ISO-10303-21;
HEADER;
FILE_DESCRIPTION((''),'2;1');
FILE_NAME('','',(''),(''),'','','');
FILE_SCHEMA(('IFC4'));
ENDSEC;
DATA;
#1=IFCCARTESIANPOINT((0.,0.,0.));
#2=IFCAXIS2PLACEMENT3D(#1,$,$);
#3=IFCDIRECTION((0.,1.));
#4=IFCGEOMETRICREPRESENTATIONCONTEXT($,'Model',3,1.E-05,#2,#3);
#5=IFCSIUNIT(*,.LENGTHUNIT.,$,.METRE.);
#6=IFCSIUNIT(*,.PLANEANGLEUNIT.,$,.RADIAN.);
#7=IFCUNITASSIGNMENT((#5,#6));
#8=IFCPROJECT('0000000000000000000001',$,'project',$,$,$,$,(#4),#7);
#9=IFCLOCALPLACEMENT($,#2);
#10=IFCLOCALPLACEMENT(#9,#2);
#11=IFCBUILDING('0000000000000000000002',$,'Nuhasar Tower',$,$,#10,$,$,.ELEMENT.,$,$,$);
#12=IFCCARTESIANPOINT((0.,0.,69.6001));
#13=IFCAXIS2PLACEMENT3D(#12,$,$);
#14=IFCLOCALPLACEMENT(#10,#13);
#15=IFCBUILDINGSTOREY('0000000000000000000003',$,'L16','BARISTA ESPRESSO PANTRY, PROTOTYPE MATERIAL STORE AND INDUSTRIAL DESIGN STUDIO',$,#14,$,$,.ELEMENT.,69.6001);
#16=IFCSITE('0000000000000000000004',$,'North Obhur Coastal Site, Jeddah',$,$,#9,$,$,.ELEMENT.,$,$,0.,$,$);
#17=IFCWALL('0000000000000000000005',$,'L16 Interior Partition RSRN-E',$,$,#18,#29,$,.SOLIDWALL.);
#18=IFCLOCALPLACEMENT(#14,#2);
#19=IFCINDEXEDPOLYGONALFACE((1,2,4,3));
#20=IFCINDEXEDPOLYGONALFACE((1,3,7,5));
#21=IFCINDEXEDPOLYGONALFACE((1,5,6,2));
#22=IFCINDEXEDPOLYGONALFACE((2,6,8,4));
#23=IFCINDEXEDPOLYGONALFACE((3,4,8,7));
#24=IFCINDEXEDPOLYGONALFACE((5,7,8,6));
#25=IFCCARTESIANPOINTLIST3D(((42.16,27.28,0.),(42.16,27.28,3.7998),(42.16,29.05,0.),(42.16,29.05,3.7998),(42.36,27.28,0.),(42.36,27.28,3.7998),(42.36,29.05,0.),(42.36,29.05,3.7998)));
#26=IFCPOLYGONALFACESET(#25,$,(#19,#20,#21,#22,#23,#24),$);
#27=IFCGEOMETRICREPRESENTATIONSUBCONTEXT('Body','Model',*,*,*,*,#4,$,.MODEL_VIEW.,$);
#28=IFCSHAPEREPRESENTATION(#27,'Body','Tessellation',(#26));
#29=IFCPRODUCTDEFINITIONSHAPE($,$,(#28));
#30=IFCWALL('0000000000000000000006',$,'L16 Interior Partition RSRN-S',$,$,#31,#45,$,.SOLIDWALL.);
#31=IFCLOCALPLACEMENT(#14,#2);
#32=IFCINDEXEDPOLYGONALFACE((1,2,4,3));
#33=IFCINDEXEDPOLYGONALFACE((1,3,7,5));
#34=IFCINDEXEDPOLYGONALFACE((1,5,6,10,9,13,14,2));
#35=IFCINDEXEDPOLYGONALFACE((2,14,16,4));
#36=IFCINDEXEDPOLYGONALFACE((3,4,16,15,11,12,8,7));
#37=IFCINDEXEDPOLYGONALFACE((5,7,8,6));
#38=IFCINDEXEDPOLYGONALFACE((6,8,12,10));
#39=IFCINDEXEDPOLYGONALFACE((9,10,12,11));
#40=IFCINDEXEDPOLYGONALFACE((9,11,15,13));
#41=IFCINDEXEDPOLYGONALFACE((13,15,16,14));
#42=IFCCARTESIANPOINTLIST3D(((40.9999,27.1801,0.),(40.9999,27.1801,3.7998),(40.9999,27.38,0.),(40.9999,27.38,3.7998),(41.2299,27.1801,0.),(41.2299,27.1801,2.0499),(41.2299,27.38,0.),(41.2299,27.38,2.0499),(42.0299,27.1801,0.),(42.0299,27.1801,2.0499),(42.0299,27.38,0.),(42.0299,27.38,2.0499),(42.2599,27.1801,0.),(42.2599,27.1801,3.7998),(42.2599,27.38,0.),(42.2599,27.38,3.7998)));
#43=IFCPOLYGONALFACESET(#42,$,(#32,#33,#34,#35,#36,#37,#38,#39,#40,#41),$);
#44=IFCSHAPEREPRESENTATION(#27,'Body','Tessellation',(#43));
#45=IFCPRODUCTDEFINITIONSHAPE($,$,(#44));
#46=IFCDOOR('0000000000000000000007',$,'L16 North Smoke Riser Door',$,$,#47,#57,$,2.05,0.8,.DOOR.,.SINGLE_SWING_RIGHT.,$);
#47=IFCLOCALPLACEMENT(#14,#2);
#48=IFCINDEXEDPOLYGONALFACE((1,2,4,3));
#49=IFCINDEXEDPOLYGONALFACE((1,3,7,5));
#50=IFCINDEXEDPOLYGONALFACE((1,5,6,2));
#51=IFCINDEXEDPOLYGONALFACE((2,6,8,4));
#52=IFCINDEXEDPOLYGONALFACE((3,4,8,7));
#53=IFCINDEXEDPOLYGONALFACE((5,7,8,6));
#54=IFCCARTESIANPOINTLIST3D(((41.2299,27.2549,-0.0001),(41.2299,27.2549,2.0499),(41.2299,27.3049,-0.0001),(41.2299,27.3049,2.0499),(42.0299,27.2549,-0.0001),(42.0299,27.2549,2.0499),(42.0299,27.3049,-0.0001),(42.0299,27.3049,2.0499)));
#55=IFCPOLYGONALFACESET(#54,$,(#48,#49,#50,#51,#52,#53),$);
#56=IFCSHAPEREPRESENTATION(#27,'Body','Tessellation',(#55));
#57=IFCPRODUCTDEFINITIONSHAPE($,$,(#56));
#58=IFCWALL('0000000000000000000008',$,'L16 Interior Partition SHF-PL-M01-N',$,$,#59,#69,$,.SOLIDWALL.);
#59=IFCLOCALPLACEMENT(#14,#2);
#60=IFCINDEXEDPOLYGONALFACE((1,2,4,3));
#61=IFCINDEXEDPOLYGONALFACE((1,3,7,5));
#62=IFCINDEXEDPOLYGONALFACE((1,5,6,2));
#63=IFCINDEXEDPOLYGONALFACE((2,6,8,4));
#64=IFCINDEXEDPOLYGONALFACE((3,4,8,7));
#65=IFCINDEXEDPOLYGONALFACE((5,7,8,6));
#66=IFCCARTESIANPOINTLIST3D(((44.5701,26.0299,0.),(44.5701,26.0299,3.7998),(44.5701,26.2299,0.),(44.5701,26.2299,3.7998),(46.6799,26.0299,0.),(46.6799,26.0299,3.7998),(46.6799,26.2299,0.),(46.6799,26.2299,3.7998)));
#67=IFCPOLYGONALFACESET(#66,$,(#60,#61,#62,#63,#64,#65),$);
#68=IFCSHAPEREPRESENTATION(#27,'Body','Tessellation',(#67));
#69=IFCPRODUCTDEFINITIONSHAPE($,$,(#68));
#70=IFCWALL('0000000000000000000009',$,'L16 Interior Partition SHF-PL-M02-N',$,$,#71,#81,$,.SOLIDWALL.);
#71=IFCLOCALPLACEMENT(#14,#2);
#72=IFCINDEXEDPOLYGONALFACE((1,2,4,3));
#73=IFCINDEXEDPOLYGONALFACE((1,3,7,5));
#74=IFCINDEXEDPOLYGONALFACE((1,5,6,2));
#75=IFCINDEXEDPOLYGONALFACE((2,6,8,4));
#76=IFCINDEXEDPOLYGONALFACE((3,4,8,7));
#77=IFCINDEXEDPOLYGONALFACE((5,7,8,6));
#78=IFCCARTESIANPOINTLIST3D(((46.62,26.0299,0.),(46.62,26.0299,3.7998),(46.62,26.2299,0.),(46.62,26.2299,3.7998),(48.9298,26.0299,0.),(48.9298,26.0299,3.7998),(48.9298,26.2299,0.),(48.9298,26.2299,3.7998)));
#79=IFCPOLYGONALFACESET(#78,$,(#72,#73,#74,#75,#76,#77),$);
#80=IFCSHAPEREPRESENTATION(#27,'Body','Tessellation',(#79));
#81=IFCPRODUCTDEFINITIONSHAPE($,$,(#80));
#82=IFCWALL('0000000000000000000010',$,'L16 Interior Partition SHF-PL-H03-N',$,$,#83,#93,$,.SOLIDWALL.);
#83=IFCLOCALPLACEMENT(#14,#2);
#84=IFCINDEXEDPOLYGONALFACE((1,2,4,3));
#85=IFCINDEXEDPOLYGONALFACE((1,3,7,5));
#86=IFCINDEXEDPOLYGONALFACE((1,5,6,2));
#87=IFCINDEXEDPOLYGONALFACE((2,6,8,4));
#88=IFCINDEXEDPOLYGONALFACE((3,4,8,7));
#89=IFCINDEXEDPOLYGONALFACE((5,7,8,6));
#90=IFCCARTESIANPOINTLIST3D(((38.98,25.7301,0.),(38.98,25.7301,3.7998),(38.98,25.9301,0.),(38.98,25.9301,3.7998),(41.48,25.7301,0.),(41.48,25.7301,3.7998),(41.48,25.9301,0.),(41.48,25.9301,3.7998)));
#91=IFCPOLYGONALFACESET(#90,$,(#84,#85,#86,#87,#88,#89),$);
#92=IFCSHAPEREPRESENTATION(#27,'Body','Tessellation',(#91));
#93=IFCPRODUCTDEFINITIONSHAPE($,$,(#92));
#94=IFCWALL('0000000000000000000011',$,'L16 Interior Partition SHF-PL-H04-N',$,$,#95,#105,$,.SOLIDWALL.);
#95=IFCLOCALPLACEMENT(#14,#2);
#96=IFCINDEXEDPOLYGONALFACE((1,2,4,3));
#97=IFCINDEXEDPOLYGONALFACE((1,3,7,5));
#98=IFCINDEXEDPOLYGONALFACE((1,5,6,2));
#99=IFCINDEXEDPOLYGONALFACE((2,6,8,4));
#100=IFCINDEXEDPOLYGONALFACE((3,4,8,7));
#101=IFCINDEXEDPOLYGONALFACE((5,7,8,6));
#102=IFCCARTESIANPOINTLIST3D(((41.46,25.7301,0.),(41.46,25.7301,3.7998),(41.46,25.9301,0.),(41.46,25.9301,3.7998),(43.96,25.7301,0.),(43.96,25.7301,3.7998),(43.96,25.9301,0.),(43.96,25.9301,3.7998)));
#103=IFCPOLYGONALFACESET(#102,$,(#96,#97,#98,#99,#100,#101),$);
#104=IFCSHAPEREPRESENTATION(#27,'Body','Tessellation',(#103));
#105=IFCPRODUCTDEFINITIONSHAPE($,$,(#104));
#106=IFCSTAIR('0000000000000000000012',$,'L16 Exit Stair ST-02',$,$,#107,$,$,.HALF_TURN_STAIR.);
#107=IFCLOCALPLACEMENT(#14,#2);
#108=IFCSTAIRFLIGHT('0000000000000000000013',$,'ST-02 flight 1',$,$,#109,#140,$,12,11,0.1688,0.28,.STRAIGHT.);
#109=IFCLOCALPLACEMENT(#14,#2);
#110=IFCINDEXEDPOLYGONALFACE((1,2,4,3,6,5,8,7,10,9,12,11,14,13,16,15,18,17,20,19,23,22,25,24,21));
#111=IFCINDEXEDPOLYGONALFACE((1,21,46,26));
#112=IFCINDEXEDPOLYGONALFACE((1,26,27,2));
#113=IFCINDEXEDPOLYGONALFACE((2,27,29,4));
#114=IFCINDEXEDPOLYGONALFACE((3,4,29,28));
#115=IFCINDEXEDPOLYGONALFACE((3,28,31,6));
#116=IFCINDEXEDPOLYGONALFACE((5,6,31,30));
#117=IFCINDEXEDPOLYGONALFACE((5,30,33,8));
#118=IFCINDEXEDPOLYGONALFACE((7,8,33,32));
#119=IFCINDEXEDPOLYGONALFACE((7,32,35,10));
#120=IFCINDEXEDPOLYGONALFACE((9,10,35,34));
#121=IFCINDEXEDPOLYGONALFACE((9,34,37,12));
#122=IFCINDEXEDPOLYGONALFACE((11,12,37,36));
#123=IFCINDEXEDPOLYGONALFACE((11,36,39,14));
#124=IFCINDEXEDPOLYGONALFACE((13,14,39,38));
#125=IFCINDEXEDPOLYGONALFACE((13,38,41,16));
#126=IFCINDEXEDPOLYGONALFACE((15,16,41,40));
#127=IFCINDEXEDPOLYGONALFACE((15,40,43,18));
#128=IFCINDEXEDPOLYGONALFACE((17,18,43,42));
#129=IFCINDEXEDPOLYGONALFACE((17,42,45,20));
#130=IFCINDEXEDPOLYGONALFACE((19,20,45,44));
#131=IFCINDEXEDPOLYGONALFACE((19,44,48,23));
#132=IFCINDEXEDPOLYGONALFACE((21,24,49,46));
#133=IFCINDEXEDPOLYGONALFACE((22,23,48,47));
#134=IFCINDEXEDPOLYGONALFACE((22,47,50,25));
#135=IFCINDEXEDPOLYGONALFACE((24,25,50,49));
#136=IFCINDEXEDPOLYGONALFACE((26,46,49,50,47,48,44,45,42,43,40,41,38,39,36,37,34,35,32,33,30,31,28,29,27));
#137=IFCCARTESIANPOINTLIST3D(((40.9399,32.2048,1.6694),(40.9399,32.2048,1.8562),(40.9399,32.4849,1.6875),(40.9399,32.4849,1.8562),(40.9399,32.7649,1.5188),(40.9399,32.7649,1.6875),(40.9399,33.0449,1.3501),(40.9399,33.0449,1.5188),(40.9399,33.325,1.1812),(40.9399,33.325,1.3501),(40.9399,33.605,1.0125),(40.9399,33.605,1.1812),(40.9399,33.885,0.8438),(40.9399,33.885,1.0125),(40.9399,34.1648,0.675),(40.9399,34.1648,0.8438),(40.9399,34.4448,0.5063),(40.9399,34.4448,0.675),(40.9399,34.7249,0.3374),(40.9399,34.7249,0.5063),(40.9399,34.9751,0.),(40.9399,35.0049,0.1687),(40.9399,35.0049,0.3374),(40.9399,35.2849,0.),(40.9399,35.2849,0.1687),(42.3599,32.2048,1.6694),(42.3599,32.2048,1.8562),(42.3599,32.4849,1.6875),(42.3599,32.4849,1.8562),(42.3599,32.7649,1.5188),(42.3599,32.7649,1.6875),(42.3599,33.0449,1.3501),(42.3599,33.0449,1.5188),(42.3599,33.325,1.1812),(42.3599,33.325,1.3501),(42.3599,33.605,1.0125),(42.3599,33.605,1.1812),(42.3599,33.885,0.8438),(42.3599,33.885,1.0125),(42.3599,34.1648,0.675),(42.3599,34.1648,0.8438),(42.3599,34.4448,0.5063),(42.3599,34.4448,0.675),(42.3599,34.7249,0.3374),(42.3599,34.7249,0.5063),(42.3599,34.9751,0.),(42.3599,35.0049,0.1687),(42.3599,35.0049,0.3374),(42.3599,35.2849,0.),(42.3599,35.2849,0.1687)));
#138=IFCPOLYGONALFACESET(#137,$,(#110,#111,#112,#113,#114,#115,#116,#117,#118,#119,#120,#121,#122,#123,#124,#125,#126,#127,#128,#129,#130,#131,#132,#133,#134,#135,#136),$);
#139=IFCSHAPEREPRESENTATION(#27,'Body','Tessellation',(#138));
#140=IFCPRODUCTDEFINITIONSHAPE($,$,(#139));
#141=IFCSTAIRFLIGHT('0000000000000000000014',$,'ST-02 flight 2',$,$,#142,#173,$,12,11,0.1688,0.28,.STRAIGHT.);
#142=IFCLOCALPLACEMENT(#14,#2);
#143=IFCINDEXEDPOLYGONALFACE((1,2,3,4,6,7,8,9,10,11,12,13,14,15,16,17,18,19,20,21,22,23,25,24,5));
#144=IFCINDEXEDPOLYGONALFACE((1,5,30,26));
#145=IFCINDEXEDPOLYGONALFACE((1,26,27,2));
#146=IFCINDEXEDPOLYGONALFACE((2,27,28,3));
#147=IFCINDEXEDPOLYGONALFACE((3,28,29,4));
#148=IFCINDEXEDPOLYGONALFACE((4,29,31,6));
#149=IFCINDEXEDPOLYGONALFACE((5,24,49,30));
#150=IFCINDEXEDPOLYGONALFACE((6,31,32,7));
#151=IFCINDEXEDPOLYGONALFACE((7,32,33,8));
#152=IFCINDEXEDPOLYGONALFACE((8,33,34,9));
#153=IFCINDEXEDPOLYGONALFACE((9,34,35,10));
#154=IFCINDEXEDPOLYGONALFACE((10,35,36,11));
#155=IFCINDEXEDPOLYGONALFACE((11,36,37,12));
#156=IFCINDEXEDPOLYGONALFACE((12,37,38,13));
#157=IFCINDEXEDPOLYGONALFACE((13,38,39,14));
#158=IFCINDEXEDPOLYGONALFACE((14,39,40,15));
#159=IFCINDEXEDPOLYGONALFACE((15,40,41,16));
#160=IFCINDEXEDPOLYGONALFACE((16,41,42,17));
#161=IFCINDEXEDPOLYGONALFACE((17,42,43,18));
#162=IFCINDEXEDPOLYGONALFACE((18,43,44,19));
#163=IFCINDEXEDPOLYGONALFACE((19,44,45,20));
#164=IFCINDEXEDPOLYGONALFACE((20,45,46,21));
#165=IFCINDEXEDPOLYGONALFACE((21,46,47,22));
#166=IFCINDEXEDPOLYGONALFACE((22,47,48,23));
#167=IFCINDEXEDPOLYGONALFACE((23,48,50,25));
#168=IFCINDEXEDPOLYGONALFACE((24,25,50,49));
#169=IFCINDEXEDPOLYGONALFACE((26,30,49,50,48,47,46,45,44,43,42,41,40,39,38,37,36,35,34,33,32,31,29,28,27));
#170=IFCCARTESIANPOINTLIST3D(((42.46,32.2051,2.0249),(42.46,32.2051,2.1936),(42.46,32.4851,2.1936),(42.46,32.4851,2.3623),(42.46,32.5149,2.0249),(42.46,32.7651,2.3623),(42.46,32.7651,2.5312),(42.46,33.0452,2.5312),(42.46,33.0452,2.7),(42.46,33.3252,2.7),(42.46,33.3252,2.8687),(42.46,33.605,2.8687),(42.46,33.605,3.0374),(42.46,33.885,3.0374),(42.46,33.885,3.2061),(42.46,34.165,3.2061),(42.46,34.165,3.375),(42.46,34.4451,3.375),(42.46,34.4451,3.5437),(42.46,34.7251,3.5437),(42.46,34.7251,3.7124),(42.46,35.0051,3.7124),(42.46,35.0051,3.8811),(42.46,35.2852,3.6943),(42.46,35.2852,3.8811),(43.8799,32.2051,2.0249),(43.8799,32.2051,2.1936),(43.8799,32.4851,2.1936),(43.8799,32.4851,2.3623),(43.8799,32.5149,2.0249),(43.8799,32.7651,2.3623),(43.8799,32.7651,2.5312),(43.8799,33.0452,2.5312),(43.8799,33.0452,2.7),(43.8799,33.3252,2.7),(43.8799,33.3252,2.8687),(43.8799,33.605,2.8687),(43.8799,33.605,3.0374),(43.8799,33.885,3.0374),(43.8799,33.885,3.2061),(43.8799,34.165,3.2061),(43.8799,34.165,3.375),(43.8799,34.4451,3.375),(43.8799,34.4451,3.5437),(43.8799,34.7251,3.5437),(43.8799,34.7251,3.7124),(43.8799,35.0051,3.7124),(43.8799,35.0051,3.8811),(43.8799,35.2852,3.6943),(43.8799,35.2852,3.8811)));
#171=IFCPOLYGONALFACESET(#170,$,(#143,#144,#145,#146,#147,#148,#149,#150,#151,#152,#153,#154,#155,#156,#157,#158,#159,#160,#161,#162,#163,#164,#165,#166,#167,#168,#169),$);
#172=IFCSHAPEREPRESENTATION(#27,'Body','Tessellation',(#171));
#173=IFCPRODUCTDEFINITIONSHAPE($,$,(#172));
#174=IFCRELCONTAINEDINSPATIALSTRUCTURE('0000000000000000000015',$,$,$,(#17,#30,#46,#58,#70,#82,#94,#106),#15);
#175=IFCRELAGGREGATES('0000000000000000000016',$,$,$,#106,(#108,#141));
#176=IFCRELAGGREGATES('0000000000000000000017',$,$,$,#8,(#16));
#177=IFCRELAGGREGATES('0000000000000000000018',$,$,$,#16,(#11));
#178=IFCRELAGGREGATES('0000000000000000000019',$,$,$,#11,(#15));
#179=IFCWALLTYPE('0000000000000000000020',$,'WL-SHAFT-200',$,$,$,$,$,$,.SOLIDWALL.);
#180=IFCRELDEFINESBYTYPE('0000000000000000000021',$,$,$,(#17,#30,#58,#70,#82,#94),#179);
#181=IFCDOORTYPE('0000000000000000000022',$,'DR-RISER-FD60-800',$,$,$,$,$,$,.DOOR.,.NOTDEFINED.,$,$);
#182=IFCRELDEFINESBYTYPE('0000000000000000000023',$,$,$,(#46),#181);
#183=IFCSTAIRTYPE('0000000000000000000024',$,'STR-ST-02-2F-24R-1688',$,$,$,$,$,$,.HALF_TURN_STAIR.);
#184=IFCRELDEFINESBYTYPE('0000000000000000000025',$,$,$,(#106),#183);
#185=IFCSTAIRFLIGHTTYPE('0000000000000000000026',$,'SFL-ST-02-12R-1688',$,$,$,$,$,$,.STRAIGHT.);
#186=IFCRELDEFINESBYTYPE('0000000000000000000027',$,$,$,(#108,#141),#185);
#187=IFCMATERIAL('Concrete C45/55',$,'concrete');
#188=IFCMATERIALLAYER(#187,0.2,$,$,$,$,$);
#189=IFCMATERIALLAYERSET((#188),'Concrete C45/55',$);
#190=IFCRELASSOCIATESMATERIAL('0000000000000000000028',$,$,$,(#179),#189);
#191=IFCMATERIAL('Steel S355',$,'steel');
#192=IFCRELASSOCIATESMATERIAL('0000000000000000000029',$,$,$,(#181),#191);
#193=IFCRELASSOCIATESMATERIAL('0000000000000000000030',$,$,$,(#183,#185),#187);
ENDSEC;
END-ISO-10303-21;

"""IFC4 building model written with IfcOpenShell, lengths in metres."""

from ifc_helpers import new_model, si_unit, direction, frame, frame_2d, origin, place, context, subcontext, project, spatial, polyline, rectangle, outline, extrude, material, layer, layer_set, type_object, element, fill, aggregate, save


model = new_model("IFC4")

# Units and contexts
model_context = context("Model", 3, precision=1e-05, world=origin(), true_north=direction((0.0, 1.0)))
body_context = subcontext(model_context, "Body", "Model", "MODEL_VIEW")
ifc_project = project(units=[si_unit("LENGTHUNIT", "METRE"), si_unit("PLANEANGLEUNIT", "RADIAN")], contexts=[model_context])

# Site, building, storey
site_placement = place(None, origin())
site = spatial("IfcSite", under=ifc_project, at=site_placement, Name="North Obhur Coastal Site, Jeddah", CompositionType="ELEMENT", RefElevation=0.0)
building_placement = place(site_placement, origin())
building = spatial("IfcBuilding", under=site, at=building_placement, Name="Nuhasar Tower", CompositionType="ELEMENT")
storey_placement = place(building_placement, frame((0.0, 0.0, 69.6001)))
storey = spatial("IfcBuildingStorey", under=building, at=storey_placement, Name="L16", Description="BARISTA ESPRESSO PANTRY, PROTOTYPE MATERIAL STORE AND INDUSTRIAL DESIGN STUDIO", CompositionType="ELEMENT", Elevation=69.6001)

# Shared definitions
ifc_material_1 = material(Name="Steel S355", Category="steel")

# Shared definitions
ifc_material_2 = material(Name="Concrete C45/55", Category="concrete")

# Wall
ifc_layer_1 = layer(ifc_material_2, 0.2)
ifc_layer_set_1 = layer_set([ifc_layer_1], Name="Concrete C45/55")
wall_type_1 = type_object("IfcWallType", Name="WL-SHAFT-200", PredefinedType="SOLIDWALL", material=ifc_layer_set_1)
for number, where, z_axis, x_axis, name in (
    (1, (42.26, 27.28, 0.0), (0.0, 0.0, 1.0), (0.0, 1.0, 0.0), "L16 Interior Partition RSRN-E"),
):
    element("IfcWall", number, at=place(storey_placement, frame(where, z_axis=z_axis, x_axis=x_axis)), inside=storey, type_object=wall_type_1, Name=name, PredefinedType="SOLIDWALL", context=body_context, shape_type="SweptSolid", body=[
        extrude(rectangle(XDim=1.77, YDim=0.2, at=frame_2d((0.885, 0.0))), origin(), (0.0, 0.0, 1.0), 3.7998),
    ])

# Wall, opening, door
wall_1_placement = place(storey_placement, frame((41.0, 27.28, 0.0), z_axis=(0.0, 0.0, 1.0), x_axis=(1.0, 0.0, 0.0)))
wall_1 = element("IfcWall", 2, at=wall_1_placement, inside=storey, type_object=wall_type_1, Name="L16 Interior Partition RSRN-S", PredefinedType="SOLIDWALL", context=body_context, shape_type="SweptSolid", body=[
    extrude(rectangle(XDim=1.26, YDim=0.2, at=frame_2d((0.6299, 0.0))), origin(), (0.0, 0.0, 1.0), 3.7998),
])
opening_1_placement = place(wall_1_placement, frame((0.23, 0.0, 0.0)))
opening_1 = element("IfcOpeningElement", 3, at=opening_1_placement, cuts=wall_1, PredefinedType="OPENING", context=body_context, shape_type="SweptSolid", body=[
    extrude(rectangle(XDim=0.8, YDim=2.05, at=frame_2d((0.3999, 1.0249))), frame((0.0, 0.1099, 0.0), z_axis=(0.0, -1.0, 0.0), x_axis=(1.0, 0.0, 0.0)), (0.0, 0.0, 1.0), 0.22),
])
door_type_1 = type_object("IfcDoorType", Name="DR-RISER-FD60-800", OperationType="NOTDEFINED", PredefinedType="DOOR", material=ifc_material_1)
door_1_placement = place(opening_1_placement, origin())
door_1 = element("IfcDoor", 4, at=door_1_placement, inside=storey, type_object=door_type_1, Name="L16 North Smoke Riser Door", OperationType="SINGLE_SWING_RIGHT", OverallHeight=2.05, OverallWidth=0.8, PredefinedType="DOOR", context=body_context, shape_type="SweptSolid", body=[
    extrude(rectangle(XDim=0.8, YDim=2.05, at=frame_2d((0.3999, 1.0249))), frame((0.0, 0.0249, 0.0), z_axis=(0.0, -1.0, 0.0), x_axis=(1.0, 0.0, 0.0)), (0.0, 0.0, 1.0), 0.05),
])
fill(opening_1, door_1)

# Walls
wall_2_placement = place(storey_placement, frame((44.5701, 26.1299, 0.0), z_axis=(0.0, 0.0, 1.0), x_axis=(1.0, 0.0, 0.0)))
element("IfcWall", 5, at=wall_2_placement, inside=storey, type_object=wall_type_1, Name="L16 Interior Partition SHF-PL-M01-N", PredefinedType="SOLIDWALL", context=body_context, shape_type="SweptSolid", body=[
    extrude(rectangle(XDim=2.1099, YDim=0.2, at=frame_2d((1.0549, 0.0))), origin(), (0.0, 0.0, 1.0), 3.7998),
])
wall_3_placement = place(storey_placement, frame((46.6201, 26.1299, 0.0), z_axis=(0.0, 0.0, 1.0), x_axis=(1.0, 0.0, 0.0)))
element("IfcWall", 6, at=wall_3_placement, inside=storey, type_object=wall_type_1, Name="L16 Interior Partition SHF-PL-M02-N", PredefinedType="SOLIDWALL", context=body_context, shape_type="SweptSolid", body=[
    extrude(rectangle(XDim=2.3098, YDim=0.2, at=frame_2d((1.1548, 0.0))), origin(), (0.0, 0.0, 1.0), 3.7998),
])
for number, where, z_axis, x_axis, name in (
    (7, (38.98, 25.8301, 0.0), (0.0, 0.0, 1.0), (1.0, 0.0, 0.0), "L16 Interior Partition SHF-PL-H03-N"),
    (8, (41.46, 25.8301, 0.0), (0.0, 0.0, 1.0), (1.0, 0.0, 0.0), "L16 Interior Partition SHF-PL-H04-N"),
):
    element("IfcWall", number, at=place(storey_placement, frame(where, z_axis=z_axis, x_axis=x_axis)), inside=storey, type_object=wall_type_1, Name=name, PredefinedType="SOLIDWALL", context=body_context, shape_type="SweptSolid", body=[
        extrude(rectangle(XDim=2.5, YDim=0.2, at=frame_2d((1.25, 0.0))), origin(), (0.0, 0.0, 1.0), 3.7998),
    ])

# Stair, stair flights
stair_type_1 = type_object("IfcStairType", Name="STR-ST-02-2F-24R-1688", PredefinedType="HALF_TURN_STAIR", material=ifc_material_2)
stair_1_placement = place(storey_placement, origin())
stair_1 = element("IfcStair", 9, at=stair_1_placement, inside=storey, type_object=stair_type_1, Name="L16 Exit Stair ST-02", PredefinedType="HALF_TURN_STAIR")
stair_flight_type_1 = type_object("IfcStairFlightType", Name="SFL-ST-02-12R-1688", PredefinedType="STRAIGHT", material=ifc_material_2)
stair_flight_1_placement = place(storey_placement, frame((41.6499, 35.2849, 0.0), z_axis=(0.0, 0.0, 1.0), x_axis=(0.0, -1.0, 0.0)))
stair_flight_1 = element("IfcStairFlight", 10, at=stair_flight_1_placement, type_object=stair_flight_type_1, Name="ST-02 flight 1", NumberOfRisers=12, NumberOfTreads=11, PredefinedType="STRAIGHT", RiserHeight=0.1688, TreadLength=0.28, context=body_context, shape_type="SweptSolid", body=[
    extrude(outline(polyline([(0.0, 0.0), (0.0, 0.1687), (0.28, 0.1687), (0.28, 0.3374), (0.5601, 0.3374), (0.5601, 0.5063), (0.8401, 0.5063), (0.8401, 0.675), (1.1201, 0.675), (1.1201, 0.8438), (1.3999, 0.8438), (1.3999, 1.0125), (1.6799, 1.0125), (1.6799, 1.1812), (1.96, 1.1812), (1.96, 1.3501), (2.24, 1.3501), (2.24, 1.5188), (2.52, 1.5188), (2.52, 1.6875), (2.8, 1.6875), (2.8, 1.8562), (3.0801, 1.8562), (3.0801, 2.0249), (3.0801, 1.6694), (0.3098, 0.0), (0.0, 0.0)])), frame((0.0, 0.71, 0.0), z_axis=(0.0, -1.0, 0.0), x_axis=(1.0, 0.0, 0.0)), (0.0, 0.0, 1.0), 1.4199),
])
stair_flight_2_placement = place(storey_placement, frame((43.1699, 32.2051, 2.0249), z_axis=(0.0, 0.0, 1.0), x_axis=(0.0, 1.0, 0.0)))
stair_flight_2 = element("IfcStairFlight", 11, at=stair_flight_2_placement, type_object=stair_flight_type_1, Name="ST-02 flight 2", NumberOfRisers=12, NumberOfTreads=11, PredefinedType="STRAIGHT", RiserHeight=0.1688, TreadLength=0.28, context=body_context, shape_type="SweptSolid", body=[
    extrude(outline(polyline([(0.0, 0.0), (0.0, 0.1687), (0.28, 0.1687), (0.28, 0.3374), (0.5601, 0.3374), (0.5601, 0.5063), (0.8401, 0.5063), (0.8401, 0.675), (1.1201, 0.675), (1.1201, 0.8438), (1.3999, 0.8438), (1.3999, 1.0125), (1.6799, 1.0125), (1.6799, 1.1812), (1.96, 1.1812), (1.96, 1.3501), (2.24, 1.3501), (2.24, 1.5188), (2.52, 1.5188), (2.52, 1.6875), (2.8, 1.6875), (2.8, 1.8562), (3.0801, 1.8562), (3.0801, 2.0249), (3.0801, 1.6694), (0.3098, 0.0), (0.0, 0.0)])), frame((0.0, 0.71, 0.0), z_axis=(0.0, -1.0, 0.0), x_axis=(1.0, 0.0, 0.0)), (0.0, 0.0, 1.0), 1.4199),
])
aggregate(stair_1, [stair_flight_1, stair_flight_2])

save(model, "model.ifc")
